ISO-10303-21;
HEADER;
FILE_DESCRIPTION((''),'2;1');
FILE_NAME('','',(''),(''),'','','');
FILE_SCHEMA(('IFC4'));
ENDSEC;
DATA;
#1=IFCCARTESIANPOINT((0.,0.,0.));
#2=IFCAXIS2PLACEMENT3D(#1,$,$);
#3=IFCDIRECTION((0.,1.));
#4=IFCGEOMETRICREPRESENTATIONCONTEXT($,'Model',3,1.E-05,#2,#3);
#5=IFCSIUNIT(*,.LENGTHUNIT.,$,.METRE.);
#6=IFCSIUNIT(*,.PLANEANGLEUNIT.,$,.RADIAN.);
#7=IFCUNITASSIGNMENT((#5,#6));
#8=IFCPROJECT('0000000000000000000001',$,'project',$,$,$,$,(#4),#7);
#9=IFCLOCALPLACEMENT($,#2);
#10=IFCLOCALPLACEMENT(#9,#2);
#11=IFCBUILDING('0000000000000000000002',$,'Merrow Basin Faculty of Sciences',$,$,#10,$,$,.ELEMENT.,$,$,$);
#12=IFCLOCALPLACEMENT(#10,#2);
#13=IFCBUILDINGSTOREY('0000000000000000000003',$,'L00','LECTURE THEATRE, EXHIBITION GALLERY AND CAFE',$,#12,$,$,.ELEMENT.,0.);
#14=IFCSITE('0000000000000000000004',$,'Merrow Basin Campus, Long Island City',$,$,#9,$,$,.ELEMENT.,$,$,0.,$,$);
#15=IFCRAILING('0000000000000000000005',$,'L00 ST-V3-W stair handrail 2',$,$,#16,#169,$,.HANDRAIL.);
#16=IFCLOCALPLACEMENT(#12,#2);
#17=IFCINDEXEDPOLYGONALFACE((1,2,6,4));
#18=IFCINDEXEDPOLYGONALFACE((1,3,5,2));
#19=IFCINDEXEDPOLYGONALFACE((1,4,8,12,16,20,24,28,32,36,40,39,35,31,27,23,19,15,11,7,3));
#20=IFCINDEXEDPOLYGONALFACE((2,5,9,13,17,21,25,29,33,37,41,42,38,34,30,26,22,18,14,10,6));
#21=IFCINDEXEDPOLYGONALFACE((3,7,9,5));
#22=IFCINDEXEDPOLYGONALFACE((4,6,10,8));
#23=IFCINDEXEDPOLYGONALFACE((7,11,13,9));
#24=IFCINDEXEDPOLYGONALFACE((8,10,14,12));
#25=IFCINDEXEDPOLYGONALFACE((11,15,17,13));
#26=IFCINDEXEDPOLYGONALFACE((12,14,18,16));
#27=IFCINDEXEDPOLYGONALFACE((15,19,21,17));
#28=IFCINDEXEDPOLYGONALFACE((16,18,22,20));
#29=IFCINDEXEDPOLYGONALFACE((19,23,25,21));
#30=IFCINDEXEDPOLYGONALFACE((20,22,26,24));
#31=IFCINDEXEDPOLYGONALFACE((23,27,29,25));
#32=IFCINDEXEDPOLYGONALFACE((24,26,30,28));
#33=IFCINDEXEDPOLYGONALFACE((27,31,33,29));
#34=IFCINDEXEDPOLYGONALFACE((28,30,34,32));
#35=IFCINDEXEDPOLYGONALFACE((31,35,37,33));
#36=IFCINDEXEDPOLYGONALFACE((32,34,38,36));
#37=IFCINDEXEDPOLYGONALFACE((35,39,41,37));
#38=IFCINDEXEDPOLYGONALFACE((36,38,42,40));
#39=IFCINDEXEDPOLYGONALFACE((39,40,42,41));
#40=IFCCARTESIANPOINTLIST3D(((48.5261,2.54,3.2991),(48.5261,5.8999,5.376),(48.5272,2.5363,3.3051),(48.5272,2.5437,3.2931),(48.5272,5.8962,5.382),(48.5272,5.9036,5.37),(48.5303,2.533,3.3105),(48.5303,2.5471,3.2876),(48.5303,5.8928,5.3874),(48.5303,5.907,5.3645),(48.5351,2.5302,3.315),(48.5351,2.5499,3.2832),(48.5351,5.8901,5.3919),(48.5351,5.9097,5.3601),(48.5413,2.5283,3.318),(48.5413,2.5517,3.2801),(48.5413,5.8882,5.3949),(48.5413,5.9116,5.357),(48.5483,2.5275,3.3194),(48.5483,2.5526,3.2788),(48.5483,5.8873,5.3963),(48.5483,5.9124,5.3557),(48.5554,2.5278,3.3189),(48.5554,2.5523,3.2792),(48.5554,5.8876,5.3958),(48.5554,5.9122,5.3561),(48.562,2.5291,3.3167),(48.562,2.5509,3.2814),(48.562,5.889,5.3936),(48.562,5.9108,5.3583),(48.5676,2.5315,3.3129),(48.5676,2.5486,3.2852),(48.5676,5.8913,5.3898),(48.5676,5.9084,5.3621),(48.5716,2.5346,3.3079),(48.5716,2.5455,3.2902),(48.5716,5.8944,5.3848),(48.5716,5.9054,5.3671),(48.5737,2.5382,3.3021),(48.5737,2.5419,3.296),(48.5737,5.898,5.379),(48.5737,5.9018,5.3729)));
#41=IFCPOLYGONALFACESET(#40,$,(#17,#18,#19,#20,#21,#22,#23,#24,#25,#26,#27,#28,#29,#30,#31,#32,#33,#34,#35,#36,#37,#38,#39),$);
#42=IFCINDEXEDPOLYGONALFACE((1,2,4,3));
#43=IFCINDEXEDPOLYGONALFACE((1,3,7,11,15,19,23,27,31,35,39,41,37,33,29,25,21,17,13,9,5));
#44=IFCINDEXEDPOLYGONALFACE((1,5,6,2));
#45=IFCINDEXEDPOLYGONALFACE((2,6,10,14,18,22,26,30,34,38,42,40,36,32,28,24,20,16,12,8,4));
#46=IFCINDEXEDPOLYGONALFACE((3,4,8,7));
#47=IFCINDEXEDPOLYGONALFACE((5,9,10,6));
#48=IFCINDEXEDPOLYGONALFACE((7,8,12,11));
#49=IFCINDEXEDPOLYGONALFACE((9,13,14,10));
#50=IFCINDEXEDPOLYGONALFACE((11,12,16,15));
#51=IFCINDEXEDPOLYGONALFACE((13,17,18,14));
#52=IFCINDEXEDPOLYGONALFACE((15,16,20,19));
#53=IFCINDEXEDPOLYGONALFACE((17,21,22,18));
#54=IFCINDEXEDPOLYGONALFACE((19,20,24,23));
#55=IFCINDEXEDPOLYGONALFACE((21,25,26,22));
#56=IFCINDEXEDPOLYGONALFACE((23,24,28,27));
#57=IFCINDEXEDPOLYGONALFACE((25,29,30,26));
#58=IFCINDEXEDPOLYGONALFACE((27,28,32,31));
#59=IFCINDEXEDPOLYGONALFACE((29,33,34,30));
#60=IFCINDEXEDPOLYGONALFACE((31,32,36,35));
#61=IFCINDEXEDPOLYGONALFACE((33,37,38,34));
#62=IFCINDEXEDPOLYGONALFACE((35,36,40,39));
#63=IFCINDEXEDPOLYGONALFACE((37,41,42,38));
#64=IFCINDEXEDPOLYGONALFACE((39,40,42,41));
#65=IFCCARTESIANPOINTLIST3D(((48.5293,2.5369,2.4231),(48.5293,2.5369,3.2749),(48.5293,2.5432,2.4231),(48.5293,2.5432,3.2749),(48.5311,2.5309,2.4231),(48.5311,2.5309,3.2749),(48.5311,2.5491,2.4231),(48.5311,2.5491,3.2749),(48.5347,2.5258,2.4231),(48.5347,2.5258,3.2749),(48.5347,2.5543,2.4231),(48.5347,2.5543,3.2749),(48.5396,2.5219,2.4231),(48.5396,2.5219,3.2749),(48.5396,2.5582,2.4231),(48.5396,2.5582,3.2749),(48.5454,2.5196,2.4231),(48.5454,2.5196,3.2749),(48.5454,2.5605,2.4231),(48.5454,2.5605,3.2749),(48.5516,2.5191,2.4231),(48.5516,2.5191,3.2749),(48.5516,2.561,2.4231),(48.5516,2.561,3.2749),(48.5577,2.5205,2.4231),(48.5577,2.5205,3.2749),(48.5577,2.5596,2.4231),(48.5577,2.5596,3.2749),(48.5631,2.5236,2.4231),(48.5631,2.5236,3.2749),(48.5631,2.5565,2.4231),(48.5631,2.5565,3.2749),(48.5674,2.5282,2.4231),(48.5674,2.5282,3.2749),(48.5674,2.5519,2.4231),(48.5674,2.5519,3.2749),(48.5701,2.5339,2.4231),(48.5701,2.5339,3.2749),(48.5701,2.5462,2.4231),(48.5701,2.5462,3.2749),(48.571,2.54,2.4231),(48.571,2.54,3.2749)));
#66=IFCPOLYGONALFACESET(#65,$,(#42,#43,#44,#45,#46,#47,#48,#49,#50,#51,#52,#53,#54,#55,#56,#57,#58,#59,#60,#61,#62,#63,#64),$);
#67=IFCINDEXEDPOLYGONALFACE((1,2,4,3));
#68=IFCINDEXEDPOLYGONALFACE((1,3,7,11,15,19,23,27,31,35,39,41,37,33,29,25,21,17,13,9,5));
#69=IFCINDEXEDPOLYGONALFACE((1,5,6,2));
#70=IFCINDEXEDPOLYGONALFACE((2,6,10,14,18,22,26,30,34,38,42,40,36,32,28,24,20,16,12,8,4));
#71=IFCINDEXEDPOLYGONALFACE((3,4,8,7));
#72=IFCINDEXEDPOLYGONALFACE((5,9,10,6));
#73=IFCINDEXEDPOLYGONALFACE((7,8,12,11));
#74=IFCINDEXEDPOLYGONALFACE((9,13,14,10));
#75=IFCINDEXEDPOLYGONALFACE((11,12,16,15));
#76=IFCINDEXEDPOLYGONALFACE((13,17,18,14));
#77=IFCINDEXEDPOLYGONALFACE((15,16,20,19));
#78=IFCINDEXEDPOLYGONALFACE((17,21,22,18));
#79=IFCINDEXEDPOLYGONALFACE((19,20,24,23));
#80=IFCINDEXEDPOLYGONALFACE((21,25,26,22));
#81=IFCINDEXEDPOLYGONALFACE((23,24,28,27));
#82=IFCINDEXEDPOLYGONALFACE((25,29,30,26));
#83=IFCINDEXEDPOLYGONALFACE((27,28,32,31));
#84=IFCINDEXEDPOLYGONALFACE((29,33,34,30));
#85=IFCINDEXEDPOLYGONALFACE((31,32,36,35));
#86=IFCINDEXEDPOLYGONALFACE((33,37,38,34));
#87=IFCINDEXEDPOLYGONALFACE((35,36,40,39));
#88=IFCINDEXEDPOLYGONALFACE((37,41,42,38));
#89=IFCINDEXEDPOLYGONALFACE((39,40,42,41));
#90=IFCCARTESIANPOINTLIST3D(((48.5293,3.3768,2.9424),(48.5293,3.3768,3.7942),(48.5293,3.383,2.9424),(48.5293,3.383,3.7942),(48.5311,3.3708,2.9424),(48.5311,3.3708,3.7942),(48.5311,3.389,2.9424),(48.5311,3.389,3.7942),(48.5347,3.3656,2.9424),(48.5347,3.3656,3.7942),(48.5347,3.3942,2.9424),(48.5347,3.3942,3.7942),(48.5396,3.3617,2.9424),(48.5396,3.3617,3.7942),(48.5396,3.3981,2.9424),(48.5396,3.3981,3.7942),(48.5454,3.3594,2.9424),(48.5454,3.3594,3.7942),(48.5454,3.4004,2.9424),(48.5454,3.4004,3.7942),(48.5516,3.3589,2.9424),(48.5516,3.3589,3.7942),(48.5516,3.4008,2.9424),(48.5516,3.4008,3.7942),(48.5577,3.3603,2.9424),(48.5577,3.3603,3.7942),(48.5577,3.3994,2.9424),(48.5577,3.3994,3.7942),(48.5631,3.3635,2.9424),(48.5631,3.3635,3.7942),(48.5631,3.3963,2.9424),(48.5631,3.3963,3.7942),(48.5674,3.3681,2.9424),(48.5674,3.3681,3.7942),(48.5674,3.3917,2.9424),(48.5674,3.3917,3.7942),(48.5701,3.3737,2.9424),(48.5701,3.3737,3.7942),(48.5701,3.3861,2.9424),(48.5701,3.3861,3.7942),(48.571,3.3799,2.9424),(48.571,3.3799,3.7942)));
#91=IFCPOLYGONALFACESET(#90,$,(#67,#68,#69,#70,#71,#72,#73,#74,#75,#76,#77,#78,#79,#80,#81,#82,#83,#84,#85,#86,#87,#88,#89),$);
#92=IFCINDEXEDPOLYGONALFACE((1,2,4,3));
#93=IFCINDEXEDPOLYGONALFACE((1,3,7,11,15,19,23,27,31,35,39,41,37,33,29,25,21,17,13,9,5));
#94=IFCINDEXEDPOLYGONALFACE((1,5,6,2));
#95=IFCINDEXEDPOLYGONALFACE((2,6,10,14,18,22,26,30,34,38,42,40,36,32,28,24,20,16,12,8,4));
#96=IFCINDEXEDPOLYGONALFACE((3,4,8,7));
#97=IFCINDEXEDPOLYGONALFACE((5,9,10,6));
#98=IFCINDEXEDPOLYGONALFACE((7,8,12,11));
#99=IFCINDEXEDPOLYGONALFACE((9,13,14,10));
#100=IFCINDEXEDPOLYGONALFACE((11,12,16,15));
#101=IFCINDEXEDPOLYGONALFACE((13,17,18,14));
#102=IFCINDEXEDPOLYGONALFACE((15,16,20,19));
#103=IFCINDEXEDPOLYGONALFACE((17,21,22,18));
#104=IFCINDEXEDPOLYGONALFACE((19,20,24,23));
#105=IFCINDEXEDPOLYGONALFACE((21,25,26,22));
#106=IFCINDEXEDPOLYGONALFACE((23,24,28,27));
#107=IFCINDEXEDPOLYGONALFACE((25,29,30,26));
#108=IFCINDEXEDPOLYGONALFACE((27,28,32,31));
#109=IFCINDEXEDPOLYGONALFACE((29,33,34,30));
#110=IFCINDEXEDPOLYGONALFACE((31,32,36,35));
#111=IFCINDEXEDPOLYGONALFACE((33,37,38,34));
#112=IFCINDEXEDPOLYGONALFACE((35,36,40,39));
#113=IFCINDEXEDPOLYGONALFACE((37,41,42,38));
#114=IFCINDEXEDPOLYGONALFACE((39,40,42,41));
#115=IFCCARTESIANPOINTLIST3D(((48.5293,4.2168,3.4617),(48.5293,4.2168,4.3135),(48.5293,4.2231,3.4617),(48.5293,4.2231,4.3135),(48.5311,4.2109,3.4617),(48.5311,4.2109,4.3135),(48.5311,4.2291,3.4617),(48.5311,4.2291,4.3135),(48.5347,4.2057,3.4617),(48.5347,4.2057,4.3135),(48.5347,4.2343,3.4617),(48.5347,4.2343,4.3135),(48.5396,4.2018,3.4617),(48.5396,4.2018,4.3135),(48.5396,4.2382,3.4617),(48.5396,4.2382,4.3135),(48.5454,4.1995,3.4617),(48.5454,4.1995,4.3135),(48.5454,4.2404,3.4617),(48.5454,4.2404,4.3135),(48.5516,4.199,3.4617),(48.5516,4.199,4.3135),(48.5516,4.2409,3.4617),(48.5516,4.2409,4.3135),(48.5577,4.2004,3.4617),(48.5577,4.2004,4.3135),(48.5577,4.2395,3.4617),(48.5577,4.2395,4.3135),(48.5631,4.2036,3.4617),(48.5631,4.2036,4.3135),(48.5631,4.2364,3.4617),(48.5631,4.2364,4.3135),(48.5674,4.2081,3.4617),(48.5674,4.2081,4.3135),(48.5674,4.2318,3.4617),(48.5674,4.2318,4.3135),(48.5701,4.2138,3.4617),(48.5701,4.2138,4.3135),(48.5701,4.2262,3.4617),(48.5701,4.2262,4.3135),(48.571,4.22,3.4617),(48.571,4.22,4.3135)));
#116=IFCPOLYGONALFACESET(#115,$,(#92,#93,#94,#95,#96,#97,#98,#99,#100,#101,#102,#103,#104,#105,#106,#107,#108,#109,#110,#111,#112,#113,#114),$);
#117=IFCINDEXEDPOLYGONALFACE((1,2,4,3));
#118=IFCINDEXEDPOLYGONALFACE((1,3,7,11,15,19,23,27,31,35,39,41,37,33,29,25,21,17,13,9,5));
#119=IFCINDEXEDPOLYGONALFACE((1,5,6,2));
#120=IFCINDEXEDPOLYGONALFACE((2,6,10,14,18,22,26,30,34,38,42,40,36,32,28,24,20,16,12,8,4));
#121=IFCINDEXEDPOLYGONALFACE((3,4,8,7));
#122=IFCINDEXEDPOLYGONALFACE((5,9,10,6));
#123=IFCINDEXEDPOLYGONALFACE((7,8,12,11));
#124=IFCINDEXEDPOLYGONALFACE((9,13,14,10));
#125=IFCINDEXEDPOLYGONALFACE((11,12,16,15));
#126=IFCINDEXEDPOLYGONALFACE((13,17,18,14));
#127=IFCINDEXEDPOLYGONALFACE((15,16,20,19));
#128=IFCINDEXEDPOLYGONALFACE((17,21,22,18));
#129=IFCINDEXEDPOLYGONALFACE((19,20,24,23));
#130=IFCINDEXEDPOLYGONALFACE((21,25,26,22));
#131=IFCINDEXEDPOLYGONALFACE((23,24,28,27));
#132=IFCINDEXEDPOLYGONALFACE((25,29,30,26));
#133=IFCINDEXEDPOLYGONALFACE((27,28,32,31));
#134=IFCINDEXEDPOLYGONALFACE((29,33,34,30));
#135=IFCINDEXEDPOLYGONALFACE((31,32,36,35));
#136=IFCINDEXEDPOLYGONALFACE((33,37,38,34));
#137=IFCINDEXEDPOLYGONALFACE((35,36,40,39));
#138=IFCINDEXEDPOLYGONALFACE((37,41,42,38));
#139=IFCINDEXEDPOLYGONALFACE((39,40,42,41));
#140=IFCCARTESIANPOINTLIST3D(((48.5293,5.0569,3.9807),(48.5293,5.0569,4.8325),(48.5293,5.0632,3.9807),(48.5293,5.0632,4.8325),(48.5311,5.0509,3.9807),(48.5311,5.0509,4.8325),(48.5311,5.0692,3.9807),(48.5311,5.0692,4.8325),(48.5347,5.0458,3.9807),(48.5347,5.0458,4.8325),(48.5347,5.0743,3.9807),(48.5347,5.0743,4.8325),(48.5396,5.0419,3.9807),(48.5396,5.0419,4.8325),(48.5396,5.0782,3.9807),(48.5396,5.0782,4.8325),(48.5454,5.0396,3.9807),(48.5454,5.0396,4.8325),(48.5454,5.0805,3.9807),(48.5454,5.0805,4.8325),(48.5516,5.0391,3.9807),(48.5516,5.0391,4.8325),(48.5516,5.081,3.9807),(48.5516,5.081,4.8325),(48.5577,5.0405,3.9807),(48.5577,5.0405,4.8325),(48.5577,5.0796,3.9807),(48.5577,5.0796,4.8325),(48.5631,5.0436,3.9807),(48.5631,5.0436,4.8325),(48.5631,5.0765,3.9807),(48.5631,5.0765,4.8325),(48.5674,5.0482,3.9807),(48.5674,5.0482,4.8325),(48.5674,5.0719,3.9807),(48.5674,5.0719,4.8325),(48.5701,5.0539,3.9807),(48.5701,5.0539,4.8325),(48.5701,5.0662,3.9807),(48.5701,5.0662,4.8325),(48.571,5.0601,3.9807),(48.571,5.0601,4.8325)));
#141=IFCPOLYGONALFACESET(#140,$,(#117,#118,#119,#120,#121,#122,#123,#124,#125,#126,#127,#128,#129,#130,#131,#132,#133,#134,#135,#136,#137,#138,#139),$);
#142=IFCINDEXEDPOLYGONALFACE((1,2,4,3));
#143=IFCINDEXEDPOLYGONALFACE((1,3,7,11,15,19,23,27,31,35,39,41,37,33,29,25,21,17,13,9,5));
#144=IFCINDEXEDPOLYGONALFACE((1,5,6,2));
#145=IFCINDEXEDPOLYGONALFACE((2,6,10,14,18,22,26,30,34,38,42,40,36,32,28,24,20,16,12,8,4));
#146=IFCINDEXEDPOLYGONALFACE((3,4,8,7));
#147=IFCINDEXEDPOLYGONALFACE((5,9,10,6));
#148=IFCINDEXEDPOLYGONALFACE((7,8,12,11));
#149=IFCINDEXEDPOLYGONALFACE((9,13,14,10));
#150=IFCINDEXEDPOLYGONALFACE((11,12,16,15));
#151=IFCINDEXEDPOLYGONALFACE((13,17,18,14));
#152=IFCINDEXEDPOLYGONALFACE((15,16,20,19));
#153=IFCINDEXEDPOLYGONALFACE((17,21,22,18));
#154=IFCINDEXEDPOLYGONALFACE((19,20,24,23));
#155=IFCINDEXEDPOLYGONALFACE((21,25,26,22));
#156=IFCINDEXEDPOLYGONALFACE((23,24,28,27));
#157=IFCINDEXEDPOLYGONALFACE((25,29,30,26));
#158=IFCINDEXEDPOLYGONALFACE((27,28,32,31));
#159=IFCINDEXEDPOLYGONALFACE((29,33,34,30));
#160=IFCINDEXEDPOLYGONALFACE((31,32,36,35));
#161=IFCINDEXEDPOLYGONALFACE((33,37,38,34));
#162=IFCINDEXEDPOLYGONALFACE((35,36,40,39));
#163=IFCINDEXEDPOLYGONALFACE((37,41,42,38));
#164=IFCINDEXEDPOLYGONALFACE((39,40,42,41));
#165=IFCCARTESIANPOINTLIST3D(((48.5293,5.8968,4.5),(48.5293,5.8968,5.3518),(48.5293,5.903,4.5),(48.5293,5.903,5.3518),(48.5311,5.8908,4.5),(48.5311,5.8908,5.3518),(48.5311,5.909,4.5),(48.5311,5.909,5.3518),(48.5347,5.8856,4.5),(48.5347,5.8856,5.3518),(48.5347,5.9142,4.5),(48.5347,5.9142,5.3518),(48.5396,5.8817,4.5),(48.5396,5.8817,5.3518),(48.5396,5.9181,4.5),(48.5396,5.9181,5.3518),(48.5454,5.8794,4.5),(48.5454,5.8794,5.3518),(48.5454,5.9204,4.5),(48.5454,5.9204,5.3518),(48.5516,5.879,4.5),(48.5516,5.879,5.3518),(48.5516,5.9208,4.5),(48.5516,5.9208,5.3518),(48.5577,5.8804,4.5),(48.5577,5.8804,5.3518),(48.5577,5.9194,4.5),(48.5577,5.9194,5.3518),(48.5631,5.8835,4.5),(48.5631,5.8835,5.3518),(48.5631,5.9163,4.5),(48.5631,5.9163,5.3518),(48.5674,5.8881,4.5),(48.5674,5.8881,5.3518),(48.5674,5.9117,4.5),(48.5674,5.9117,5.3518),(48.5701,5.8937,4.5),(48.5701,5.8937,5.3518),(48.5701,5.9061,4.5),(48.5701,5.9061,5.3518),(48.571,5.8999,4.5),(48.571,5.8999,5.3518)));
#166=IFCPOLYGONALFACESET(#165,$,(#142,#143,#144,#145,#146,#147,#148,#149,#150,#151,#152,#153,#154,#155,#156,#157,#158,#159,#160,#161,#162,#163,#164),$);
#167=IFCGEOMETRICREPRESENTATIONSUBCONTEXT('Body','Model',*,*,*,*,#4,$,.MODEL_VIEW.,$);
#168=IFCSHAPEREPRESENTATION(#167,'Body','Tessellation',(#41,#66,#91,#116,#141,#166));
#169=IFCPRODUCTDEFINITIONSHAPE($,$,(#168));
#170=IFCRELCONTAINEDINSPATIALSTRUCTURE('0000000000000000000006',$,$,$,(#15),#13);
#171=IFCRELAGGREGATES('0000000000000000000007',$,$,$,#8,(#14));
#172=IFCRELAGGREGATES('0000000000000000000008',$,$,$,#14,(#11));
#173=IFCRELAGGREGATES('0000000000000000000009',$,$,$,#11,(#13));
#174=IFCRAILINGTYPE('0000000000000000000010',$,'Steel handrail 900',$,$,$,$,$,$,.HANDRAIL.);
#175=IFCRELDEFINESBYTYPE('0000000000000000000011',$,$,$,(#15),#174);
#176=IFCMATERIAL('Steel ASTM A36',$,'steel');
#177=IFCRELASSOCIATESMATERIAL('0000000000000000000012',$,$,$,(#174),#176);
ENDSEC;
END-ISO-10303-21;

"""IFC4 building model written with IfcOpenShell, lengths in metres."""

from ifc_helpers import new_model, si_unit, direction, frame, origin, origin_2d, place, context, subcontext, project, spatial, circle, extrude, material, type_object, element, save


model = new_model("IFC4")

# Units and contexts
model_context = context("Model", 3, precision=1e-05, world=origin(), true_north=direction((0.0, 1.0)))
body_context = subcontext(model_context, "Body", "Model", "MODEL_VIEW")
ifc_project = project(units=[si_unit("LENGTHUNIT", "METRE"), si_unit("PLANEANGLEUNIT", "RADIAN")], contexts=[model_context])

# Site, building, storey
site_placement = place(None, origin())
site = spatial("IfcSite", under=ifc_project, at=site_placement, Name="Merrow Basin Campus, Long Island City", CompositionType="ELEMENT", RefElevation=0.0)
building_placement = place(site_placement, origin())
building = spatial("IfcBuilding", under=site, at=building_placement, Name="Merrow Basin Faculty of Sciences", CompositionType="ELEMENT")
storey_placement = place(building_placement, origin())
storey = spatial("IfcBuildingStorey", under=building, at=storey_placement, Name="L00", Description="LECTURE THEATRE, EXHIBITION GALLERY AND CAFE", CompositionType="ELEMENT", Elevation=0.0)

# Railing
ifc_material_1 = material(Name="Steel ASTM A36", Category="steel")
railing_type_1 = type_object("IfcRailingType", Name="Steel handrail 900", PredefinedType="HANDRAIL", material=ifc_material_1)
railing_1_placement = place(storey_placement, frame((48.55, 2.54, 2.4231)))
element("IfcRailing", 1, at=railing_1_placement, inside=storey, type_object=railing_type_1, Name="L00 ST-V3-W stair handrail 2", PredefinedType="HANDRAIL", context=body_context, shape_type="SweptSolid", body=[
    extrude(circle(Radius=0.0239, at=origin_2d()), frame((0.0, 0.0, 0.876), z_axis=(0.0, 0.850606, 0.525803), x_axis=(-1.0, 0.0, 0.0)), (0.0, 0.0, 1.0), 3.95),
    extrude(circle(Radius=0.021, at=origin_2d()), origin(), (0.0, 0.0, 1.0), 0.8518),
    extrude(circle(Radius=0.021, at=origin_2d()), frame((0.0, 0.8398, 0.5193)), (0.0, 0.0, 1.0), 0.8518),
    extrude(circle(Radius=0.021, at=origin_2d()), frame((0.0, 1.6799, 1.0386)), (0.0, 0.0, 1.0), 0.8518),
    extrude(circle(Radius=0.021, at=origin_2d()), frame((0.0, 2.52, 1.5576)), (0.0, 0.0, 1.0), 0.8518),
    extrude(circle(Radius=0.021, at=origin_2d()), frame((0.0, 3.3599, 2.0769)), (0.0, 0.0, 1.0), 0.8518),
])

save(model, "model.ifc")
